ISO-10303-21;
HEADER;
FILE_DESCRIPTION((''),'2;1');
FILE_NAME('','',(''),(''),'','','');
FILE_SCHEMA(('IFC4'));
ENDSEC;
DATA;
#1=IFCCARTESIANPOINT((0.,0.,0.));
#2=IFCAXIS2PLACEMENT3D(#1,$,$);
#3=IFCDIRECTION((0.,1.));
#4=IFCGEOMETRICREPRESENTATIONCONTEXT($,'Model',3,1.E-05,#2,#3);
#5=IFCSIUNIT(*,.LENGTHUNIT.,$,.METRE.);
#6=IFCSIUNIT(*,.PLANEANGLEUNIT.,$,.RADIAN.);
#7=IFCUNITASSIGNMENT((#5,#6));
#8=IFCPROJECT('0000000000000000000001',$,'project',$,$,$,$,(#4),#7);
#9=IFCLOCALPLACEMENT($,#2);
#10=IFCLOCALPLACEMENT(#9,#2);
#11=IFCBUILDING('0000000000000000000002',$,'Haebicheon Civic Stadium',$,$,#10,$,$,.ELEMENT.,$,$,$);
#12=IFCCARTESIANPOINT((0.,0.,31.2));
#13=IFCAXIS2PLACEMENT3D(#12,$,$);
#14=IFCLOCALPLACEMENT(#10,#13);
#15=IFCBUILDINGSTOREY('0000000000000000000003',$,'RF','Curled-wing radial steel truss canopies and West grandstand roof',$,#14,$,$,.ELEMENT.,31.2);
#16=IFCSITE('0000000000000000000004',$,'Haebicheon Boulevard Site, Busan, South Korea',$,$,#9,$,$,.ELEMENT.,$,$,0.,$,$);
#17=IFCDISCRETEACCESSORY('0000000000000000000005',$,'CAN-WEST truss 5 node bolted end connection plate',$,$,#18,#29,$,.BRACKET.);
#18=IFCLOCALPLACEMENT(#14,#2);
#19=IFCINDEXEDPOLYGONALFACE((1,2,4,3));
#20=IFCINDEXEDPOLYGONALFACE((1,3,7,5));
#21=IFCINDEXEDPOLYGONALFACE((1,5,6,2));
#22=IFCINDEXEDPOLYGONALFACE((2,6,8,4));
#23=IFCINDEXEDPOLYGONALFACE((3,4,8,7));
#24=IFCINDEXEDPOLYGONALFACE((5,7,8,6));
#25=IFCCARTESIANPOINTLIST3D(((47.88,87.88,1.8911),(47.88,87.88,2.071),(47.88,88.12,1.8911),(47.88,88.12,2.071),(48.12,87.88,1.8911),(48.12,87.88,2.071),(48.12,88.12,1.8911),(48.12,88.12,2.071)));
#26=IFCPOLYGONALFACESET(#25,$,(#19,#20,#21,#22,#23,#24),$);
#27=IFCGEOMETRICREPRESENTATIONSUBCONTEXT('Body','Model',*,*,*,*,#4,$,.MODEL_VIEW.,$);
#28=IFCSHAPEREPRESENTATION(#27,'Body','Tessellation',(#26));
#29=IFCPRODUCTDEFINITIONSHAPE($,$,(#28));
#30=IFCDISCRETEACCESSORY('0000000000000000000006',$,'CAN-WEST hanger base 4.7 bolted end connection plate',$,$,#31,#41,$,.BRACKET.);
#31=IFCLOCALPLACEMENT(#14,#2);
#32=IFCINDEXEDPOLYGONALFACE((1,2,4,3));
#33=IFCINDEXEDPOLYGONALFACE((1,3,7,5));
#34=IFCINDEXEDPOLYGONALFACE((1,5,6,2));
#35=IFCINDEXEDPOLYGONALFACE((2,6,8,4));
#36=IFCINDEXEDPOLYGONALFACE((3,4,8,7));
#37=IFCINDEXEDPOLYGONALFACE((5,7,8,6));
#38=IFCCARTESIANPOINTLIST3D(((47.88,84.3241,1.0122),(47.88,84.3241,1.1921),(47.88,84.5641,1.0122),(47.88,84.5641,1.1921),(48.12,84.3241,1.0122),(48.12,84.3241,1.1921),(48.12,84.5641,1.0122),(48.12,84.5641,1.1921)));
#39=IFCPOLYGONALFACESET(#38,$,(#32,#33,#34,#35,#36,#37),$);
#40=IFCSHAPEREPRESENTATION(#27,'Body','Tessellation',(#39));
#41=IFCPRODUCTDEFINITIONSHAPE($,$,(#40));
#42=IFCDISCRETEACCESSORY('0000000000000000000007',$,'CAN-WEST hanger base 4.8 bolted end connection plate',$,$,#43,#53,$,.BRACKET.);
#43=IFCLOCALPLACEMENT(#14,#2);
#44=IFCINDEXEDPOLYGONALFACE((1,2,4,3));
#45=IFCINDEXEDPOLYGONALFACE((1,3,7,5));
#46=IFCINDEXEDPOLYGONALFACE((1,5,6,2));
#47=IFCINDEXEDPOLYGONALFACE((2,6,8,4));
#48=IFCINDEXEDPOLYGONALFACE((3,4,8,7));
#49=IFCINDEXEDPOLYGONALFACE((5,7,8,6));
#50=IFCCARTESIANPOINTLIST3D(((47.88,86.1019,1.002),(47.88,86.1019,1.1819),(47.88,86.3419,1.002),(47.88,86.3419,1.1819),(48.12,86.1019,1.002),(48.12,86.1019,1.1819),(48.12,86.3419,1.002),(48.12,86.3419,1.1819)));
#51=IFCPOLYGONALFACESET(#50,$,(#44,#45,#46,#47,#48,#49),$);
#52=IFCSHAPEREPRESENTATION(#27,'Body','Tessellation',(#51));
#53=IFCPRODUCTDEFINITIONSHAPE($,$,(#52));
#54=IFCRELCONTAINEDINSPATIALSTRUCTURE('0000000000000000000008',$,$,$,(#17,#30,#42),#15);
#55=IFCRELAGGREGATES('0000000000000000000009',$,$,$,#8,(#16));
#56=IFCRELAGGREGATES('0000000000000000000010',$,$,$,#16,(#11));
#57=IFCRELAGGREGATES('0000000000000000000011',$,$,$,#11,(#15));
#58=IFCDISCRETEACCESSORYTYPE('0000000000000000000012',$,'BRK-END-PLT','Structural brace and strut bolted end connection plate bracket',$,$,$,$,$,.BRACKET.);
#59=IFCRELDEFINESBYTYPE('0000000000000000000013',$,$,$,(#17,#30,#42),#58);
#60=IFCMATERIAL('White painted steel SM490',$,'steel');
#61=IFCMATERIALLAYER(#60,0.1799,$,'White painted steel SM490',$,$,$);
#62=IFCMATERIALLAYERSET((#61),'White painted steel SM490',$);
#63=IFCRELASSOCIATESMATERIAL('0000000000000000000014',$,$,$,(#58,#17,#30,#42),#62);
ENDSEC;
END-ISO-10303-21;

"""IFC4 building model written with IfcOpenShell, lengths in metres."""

from ifc_helpers import new_model, si_unit, direction, frame, origin, origin_2d, place, context, subcontext, project, spatial, rectangle, extrude, material, layer, layer_set, type_object, element, save


model = new_model("IFC4")

# Units and contexts
model_context = context("Model", 3, precision=1e-05, world=origin(), true_north=direction((0.0, 1.0)))
body_context = subcontext(model_context, "Body", "Model", "MODEL_VIEW")
ifc_project = project(units=[si_unit("LENGTHUNIT", "METRE"), si_unit("PLANEANGLEUNIT", "RADIAN")], contexts=[model_context])

# Site, building, storey
site_placement = place(None, origin())
site = spatial("IfcSite", under=ifc_project, at=site_placement, Name="Haebicheon Boulevard Site, Busan, South Korea", CompositionType="ELEMENT", RefElevation=0.0)
building_placement = place(site_placement, origin())
building = spatial("IfcBuilding", under=site, at=building_placement, Name="Haebicheon Civic Stadium", CompositionType="ELEMENT")
storey_placement = place(building_placement, frame((0.0, 0.0, 31.2)))
storey = spatial("IfcBuildingStorey", under=building, at=storey_placement, Name="RF", Description="Curled-wing radial steel truss canopies and West grandstand roof", CompositionType="ELEMENT", Elevation=31.2)

# Discrete accessories
ifc_material_1 = material(Name="White painted steel SM490", Category="steel")
ifc_layer_1 = layer(ifc_material_1, 0.1799, Name="White painted steel SM490")
ifc_layer_set_1 = layer_set([ifc_layer_1], Name="White painted steel SM490")
discrete_accessory_type = type_object("IfcDiscreteAccessoryType", Name="BRK-END-PLT", Description="Structural brace and strut bolted end connection plate bracket", PredefinedType="BRACKET", material=ifc_layer_set_1)
for number, where, z_axis, x_axis, name in (
    (1, (48.0, 88.0, 1.8911), (0.0, 0.0, 1.0), (1.0, 0.0, 0.0), "CAN-WEST truss 5 node bolted end connection plate"),
    (2, (48.0, 84.4441, 1.0122), (0.0, 0.0, 1.0), (1.0, 0.0, 0.0), "CAN-WEST hanger base 4.7 bolted end connection plate"),
    (3, (48.0, 86.2219, 1.002), (0.0, 0.0, 1.0), (1.0, 0.0, 0.0), "CAN-WEST hanger base 4.8 bolted end connection plate"),
):
    element("IfcDiscreteAccessory", number, at=place(storey_placement, frame(where, z_axis=z_axis, x_axis=x_axis)), inside=storey, type_object=discrete_accessory_type, material=ifc_layer_set_1, Name=name, PredefinedType="BRACKET", context=body_context, shape_type="SweptSolid", body=[
        extrude(rectangle(XDim=0.24, YDim=0.24, at=origin_2d()), origin(), (0.0, 0.0, 1.0), 0.1799),
    ])

save(model, "model.ifc")
